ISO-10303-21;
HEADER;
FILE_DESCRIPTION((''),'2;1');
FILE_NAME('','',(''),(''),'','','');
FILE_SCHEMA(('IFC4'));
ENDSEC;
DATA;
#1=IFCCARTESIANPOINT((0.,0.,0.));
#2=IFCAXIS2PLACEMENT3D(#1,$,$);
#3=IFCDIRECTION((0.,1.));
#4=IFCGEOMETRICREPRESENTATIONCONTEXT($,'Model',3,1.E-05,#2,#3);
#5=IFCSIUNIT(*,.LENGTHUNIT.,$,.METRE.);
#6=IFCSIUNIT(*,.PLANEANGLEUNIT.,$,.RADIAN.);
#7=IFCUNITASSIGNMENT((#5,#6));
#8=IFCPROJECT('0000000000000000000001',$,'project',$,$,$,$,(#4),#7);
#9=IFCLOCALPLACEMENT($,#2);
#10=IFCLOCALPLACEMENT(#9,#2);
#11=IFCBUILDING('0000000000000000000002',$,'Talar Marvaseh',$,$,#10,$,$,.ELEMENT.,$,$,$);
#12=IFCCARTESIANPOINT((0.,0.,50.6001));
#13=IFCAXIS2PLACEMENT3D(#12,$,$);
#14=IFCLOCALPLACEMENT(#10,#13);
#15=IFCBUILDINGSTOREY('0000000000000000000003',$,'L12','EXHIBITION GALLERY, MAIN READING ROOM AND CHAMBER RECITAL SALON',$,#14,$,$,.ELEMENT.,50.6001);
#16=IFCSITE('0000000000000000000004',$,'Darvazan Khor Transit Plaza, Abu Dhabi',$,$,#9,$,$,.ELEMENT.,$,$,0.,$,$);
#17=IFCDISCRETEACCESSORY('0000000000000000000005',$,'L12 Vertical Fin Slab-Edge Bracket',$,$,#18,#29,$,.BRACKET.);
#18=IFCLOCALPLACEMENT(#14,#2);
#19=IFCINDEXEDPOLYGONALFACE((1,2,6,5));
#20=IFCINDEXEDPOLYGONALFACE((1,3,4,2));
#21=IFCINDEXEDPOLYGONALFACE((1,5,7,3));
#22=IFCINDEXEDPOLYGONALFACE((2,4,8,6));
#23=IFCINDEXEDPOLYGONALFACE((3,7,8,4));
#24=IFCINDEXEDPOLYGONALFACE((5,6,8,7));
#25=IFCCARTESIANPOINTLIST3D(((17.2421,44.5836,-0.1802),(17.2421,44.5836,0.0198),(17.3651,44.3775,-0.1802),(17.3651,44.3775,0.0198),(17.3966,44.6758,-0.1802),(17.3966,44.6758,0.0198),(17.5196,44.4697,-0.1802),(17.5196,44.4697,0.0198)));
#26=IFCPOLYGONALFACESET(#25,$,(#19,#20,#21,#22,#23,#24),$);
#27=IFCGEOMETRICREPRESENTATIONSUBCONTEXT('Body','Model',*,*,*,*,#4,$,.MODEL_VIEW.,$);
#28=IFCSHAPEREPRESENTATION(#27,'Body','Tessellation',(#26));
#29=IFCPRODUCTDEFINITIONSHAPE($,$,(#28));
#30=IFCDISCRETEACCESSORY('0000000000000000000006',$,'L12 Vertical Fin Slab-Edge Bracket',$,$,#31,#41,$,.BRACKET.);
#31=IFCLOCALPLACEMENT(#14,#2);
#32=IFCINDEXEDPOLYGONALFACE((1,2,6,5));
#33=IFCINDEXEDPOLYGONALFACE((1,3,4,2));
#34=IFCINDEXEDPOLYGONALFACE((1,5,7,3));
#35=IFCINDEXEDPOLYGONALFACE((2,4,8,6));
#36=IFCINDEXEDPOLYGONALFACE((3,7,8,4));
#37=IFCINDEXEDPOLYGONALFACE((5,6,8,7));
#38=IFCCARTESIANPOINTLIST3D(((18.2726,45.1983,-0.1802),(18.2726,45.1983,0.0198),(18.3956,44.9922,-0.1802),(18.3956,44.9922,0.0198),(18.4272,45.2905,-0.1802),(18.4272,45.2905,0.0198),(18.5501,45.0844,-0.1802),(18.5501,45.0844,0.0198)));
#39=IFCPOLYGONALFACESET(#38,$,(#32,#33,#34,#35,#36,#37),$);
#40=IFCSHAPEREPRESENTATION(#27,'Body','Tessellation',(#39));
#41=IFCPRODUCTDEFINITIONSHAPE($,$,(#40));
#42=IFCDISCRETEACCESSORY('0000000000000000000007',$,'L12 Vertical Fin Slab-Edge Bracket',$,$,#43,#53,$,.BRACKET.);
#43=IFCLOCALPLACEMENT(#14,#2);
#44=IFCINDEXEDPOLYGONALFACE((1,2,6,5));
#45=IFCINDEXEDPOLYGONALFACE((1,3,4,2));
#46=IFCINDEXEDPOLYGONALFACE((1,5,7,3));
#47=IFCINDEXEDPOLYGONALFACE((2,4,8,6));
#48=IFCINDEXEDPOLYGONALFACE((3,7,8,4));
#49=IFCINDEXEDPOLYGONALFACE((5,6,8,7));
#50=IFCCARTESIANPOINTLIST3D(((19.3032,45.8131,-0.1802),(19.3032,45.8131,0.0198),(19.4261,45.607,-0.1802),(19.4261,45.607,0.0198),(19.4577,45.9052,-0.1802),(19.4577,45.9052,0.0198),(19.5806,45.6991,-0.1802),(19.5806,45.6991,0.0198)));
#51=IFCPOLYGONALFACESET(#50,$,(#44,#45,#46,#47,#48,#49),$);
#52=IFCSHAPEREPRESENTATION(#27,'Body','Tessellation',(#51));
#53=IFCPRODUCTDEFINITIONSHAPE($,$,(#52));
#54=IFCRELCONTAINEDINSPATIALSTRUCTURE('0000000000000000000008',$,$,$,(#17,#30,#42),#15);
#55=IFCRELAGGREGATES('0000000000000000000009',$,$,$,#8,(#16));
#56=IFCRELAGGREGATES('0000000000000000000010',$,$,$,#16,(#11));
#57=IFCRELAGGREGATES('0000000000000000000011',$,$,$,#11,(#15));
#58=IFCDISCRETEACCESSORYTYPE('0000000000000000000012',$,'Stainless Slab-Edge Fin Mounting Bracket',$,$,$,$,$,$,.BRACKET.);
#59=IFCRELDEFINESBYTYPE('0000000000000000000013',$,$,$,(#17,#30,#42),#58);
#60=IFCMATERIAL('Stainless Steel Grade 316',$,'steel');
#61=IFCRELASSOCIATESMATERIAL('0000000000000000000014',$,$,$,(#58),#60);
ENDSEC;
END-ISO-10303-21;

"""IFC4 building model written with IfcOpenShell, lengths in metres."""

from ifc_helpers import new_model, si_unit, direction, frame, origin, origin_2d, place, context, subcontext, project, spatial, rectangle, extrude, source, transform, mapped, material, type_object, type_shapes, element, save


model = new_model("IFC4")

# Units and contexts
model_context = context("Model", 3, precision=1e-05, world=origin(), true_north=direction((0.0, 1.0)))
body_context = subcontext(model_context, "Body", "Model", "MODEL_VIEW")
ifc_project = project(units=[si_unit("LENGTHUNIT", "METRE"), si_unit("PLANEANGLEUNIT", "RADIAN")], contexts=[model_context])

# Site, building, storey
site_placement = place(None, origin())
site = spatial("IfcSite", under=ifc_project, at=site_placement, Name="Darvazan Khor Transit Plaza, Abu Dhabi", CompositionType="ELEMENT", RefElevation=0.0)
building_placement = place(site_placement, origin())
building = spatial("IfcBuilding", under=site, at=building_placement, Name="Talar Marvaseh", CompositionType="ELEMENT")
storey_placement = place(building_placement, frame((0.0, 0.0, 50.6001)))
storey = spatial("IfcBuildingStorey", under=building, at=storey_placement, Name="L12", Description="EXHIBITION GALLERY, MAIN READING ROOM AND CHAMBER RECITAL SALON", CompositionType="ELEMENT", Elevation=50.6001)

# Discrete accessories
ifc_material_1 = material(Name="Stainless Steel Grade 316", Category="steel")
discrete_accessory_type = type_object("IfcDiscreteAccessoryType", Name="Stainless Slab-Edge Fin Mounting Bracket", PredefinedType="BRACKET", material=ifc_material_1)
shared_shape_1 = source(origin(), body_context, "Body", "SweptSolid", [
    extrude(rectangle(XDim=0.24, YDim=0.1799, at=origin_2d()), origin(), (0.0, 0.0, 1.0), 0.2),
])
type_shapes(discrete_accessory_type, [shared_shape_1])
for number, where, z_axis, x_axis, name in (
    (1, (17.3809, 44.5266, -0.1802), (0.0, 0.0, 1.0), (-0.512343, 0.858781, 0.0), "L12 Vertical Fin Slab-Edge Bracket"),
    (2, (18.4114, 45.1414, -0.1802), (0.0, 0.0, 1.0), (-0.512343, 0.858781, 0.0), "L12 Vertical Fin Slab-Edge Bracket"),
    (3, (19.4419, 45.7561, -0.1802), (0.0, 0.0, 1.0), (-0.512343, 0.858781, 0.0), "L12 Vertical Fin Slab-Edge Bracket"),
):
    element("IfcDiscreteAccessory", number, at=place(storey_placement, frame(where, z_axis=z_axis, x_axis=x_axis)), inside=storey, type_object=discrete_accessory_type, Name=name, PredefinedType="BRACKET", context=body_context, shape_type="MappedRepresentation", body=[
        mapped(shared_shape_1, transform((0.0, 0.0, 0.0), x_axis=(1.0, 0.0, 0.0), y_axis=(0.0, 1.0, 0.0), z_axis=(0.0, 0.0, 1.0), scale=1.0)),
    ])

save(model, "model.ifc")
